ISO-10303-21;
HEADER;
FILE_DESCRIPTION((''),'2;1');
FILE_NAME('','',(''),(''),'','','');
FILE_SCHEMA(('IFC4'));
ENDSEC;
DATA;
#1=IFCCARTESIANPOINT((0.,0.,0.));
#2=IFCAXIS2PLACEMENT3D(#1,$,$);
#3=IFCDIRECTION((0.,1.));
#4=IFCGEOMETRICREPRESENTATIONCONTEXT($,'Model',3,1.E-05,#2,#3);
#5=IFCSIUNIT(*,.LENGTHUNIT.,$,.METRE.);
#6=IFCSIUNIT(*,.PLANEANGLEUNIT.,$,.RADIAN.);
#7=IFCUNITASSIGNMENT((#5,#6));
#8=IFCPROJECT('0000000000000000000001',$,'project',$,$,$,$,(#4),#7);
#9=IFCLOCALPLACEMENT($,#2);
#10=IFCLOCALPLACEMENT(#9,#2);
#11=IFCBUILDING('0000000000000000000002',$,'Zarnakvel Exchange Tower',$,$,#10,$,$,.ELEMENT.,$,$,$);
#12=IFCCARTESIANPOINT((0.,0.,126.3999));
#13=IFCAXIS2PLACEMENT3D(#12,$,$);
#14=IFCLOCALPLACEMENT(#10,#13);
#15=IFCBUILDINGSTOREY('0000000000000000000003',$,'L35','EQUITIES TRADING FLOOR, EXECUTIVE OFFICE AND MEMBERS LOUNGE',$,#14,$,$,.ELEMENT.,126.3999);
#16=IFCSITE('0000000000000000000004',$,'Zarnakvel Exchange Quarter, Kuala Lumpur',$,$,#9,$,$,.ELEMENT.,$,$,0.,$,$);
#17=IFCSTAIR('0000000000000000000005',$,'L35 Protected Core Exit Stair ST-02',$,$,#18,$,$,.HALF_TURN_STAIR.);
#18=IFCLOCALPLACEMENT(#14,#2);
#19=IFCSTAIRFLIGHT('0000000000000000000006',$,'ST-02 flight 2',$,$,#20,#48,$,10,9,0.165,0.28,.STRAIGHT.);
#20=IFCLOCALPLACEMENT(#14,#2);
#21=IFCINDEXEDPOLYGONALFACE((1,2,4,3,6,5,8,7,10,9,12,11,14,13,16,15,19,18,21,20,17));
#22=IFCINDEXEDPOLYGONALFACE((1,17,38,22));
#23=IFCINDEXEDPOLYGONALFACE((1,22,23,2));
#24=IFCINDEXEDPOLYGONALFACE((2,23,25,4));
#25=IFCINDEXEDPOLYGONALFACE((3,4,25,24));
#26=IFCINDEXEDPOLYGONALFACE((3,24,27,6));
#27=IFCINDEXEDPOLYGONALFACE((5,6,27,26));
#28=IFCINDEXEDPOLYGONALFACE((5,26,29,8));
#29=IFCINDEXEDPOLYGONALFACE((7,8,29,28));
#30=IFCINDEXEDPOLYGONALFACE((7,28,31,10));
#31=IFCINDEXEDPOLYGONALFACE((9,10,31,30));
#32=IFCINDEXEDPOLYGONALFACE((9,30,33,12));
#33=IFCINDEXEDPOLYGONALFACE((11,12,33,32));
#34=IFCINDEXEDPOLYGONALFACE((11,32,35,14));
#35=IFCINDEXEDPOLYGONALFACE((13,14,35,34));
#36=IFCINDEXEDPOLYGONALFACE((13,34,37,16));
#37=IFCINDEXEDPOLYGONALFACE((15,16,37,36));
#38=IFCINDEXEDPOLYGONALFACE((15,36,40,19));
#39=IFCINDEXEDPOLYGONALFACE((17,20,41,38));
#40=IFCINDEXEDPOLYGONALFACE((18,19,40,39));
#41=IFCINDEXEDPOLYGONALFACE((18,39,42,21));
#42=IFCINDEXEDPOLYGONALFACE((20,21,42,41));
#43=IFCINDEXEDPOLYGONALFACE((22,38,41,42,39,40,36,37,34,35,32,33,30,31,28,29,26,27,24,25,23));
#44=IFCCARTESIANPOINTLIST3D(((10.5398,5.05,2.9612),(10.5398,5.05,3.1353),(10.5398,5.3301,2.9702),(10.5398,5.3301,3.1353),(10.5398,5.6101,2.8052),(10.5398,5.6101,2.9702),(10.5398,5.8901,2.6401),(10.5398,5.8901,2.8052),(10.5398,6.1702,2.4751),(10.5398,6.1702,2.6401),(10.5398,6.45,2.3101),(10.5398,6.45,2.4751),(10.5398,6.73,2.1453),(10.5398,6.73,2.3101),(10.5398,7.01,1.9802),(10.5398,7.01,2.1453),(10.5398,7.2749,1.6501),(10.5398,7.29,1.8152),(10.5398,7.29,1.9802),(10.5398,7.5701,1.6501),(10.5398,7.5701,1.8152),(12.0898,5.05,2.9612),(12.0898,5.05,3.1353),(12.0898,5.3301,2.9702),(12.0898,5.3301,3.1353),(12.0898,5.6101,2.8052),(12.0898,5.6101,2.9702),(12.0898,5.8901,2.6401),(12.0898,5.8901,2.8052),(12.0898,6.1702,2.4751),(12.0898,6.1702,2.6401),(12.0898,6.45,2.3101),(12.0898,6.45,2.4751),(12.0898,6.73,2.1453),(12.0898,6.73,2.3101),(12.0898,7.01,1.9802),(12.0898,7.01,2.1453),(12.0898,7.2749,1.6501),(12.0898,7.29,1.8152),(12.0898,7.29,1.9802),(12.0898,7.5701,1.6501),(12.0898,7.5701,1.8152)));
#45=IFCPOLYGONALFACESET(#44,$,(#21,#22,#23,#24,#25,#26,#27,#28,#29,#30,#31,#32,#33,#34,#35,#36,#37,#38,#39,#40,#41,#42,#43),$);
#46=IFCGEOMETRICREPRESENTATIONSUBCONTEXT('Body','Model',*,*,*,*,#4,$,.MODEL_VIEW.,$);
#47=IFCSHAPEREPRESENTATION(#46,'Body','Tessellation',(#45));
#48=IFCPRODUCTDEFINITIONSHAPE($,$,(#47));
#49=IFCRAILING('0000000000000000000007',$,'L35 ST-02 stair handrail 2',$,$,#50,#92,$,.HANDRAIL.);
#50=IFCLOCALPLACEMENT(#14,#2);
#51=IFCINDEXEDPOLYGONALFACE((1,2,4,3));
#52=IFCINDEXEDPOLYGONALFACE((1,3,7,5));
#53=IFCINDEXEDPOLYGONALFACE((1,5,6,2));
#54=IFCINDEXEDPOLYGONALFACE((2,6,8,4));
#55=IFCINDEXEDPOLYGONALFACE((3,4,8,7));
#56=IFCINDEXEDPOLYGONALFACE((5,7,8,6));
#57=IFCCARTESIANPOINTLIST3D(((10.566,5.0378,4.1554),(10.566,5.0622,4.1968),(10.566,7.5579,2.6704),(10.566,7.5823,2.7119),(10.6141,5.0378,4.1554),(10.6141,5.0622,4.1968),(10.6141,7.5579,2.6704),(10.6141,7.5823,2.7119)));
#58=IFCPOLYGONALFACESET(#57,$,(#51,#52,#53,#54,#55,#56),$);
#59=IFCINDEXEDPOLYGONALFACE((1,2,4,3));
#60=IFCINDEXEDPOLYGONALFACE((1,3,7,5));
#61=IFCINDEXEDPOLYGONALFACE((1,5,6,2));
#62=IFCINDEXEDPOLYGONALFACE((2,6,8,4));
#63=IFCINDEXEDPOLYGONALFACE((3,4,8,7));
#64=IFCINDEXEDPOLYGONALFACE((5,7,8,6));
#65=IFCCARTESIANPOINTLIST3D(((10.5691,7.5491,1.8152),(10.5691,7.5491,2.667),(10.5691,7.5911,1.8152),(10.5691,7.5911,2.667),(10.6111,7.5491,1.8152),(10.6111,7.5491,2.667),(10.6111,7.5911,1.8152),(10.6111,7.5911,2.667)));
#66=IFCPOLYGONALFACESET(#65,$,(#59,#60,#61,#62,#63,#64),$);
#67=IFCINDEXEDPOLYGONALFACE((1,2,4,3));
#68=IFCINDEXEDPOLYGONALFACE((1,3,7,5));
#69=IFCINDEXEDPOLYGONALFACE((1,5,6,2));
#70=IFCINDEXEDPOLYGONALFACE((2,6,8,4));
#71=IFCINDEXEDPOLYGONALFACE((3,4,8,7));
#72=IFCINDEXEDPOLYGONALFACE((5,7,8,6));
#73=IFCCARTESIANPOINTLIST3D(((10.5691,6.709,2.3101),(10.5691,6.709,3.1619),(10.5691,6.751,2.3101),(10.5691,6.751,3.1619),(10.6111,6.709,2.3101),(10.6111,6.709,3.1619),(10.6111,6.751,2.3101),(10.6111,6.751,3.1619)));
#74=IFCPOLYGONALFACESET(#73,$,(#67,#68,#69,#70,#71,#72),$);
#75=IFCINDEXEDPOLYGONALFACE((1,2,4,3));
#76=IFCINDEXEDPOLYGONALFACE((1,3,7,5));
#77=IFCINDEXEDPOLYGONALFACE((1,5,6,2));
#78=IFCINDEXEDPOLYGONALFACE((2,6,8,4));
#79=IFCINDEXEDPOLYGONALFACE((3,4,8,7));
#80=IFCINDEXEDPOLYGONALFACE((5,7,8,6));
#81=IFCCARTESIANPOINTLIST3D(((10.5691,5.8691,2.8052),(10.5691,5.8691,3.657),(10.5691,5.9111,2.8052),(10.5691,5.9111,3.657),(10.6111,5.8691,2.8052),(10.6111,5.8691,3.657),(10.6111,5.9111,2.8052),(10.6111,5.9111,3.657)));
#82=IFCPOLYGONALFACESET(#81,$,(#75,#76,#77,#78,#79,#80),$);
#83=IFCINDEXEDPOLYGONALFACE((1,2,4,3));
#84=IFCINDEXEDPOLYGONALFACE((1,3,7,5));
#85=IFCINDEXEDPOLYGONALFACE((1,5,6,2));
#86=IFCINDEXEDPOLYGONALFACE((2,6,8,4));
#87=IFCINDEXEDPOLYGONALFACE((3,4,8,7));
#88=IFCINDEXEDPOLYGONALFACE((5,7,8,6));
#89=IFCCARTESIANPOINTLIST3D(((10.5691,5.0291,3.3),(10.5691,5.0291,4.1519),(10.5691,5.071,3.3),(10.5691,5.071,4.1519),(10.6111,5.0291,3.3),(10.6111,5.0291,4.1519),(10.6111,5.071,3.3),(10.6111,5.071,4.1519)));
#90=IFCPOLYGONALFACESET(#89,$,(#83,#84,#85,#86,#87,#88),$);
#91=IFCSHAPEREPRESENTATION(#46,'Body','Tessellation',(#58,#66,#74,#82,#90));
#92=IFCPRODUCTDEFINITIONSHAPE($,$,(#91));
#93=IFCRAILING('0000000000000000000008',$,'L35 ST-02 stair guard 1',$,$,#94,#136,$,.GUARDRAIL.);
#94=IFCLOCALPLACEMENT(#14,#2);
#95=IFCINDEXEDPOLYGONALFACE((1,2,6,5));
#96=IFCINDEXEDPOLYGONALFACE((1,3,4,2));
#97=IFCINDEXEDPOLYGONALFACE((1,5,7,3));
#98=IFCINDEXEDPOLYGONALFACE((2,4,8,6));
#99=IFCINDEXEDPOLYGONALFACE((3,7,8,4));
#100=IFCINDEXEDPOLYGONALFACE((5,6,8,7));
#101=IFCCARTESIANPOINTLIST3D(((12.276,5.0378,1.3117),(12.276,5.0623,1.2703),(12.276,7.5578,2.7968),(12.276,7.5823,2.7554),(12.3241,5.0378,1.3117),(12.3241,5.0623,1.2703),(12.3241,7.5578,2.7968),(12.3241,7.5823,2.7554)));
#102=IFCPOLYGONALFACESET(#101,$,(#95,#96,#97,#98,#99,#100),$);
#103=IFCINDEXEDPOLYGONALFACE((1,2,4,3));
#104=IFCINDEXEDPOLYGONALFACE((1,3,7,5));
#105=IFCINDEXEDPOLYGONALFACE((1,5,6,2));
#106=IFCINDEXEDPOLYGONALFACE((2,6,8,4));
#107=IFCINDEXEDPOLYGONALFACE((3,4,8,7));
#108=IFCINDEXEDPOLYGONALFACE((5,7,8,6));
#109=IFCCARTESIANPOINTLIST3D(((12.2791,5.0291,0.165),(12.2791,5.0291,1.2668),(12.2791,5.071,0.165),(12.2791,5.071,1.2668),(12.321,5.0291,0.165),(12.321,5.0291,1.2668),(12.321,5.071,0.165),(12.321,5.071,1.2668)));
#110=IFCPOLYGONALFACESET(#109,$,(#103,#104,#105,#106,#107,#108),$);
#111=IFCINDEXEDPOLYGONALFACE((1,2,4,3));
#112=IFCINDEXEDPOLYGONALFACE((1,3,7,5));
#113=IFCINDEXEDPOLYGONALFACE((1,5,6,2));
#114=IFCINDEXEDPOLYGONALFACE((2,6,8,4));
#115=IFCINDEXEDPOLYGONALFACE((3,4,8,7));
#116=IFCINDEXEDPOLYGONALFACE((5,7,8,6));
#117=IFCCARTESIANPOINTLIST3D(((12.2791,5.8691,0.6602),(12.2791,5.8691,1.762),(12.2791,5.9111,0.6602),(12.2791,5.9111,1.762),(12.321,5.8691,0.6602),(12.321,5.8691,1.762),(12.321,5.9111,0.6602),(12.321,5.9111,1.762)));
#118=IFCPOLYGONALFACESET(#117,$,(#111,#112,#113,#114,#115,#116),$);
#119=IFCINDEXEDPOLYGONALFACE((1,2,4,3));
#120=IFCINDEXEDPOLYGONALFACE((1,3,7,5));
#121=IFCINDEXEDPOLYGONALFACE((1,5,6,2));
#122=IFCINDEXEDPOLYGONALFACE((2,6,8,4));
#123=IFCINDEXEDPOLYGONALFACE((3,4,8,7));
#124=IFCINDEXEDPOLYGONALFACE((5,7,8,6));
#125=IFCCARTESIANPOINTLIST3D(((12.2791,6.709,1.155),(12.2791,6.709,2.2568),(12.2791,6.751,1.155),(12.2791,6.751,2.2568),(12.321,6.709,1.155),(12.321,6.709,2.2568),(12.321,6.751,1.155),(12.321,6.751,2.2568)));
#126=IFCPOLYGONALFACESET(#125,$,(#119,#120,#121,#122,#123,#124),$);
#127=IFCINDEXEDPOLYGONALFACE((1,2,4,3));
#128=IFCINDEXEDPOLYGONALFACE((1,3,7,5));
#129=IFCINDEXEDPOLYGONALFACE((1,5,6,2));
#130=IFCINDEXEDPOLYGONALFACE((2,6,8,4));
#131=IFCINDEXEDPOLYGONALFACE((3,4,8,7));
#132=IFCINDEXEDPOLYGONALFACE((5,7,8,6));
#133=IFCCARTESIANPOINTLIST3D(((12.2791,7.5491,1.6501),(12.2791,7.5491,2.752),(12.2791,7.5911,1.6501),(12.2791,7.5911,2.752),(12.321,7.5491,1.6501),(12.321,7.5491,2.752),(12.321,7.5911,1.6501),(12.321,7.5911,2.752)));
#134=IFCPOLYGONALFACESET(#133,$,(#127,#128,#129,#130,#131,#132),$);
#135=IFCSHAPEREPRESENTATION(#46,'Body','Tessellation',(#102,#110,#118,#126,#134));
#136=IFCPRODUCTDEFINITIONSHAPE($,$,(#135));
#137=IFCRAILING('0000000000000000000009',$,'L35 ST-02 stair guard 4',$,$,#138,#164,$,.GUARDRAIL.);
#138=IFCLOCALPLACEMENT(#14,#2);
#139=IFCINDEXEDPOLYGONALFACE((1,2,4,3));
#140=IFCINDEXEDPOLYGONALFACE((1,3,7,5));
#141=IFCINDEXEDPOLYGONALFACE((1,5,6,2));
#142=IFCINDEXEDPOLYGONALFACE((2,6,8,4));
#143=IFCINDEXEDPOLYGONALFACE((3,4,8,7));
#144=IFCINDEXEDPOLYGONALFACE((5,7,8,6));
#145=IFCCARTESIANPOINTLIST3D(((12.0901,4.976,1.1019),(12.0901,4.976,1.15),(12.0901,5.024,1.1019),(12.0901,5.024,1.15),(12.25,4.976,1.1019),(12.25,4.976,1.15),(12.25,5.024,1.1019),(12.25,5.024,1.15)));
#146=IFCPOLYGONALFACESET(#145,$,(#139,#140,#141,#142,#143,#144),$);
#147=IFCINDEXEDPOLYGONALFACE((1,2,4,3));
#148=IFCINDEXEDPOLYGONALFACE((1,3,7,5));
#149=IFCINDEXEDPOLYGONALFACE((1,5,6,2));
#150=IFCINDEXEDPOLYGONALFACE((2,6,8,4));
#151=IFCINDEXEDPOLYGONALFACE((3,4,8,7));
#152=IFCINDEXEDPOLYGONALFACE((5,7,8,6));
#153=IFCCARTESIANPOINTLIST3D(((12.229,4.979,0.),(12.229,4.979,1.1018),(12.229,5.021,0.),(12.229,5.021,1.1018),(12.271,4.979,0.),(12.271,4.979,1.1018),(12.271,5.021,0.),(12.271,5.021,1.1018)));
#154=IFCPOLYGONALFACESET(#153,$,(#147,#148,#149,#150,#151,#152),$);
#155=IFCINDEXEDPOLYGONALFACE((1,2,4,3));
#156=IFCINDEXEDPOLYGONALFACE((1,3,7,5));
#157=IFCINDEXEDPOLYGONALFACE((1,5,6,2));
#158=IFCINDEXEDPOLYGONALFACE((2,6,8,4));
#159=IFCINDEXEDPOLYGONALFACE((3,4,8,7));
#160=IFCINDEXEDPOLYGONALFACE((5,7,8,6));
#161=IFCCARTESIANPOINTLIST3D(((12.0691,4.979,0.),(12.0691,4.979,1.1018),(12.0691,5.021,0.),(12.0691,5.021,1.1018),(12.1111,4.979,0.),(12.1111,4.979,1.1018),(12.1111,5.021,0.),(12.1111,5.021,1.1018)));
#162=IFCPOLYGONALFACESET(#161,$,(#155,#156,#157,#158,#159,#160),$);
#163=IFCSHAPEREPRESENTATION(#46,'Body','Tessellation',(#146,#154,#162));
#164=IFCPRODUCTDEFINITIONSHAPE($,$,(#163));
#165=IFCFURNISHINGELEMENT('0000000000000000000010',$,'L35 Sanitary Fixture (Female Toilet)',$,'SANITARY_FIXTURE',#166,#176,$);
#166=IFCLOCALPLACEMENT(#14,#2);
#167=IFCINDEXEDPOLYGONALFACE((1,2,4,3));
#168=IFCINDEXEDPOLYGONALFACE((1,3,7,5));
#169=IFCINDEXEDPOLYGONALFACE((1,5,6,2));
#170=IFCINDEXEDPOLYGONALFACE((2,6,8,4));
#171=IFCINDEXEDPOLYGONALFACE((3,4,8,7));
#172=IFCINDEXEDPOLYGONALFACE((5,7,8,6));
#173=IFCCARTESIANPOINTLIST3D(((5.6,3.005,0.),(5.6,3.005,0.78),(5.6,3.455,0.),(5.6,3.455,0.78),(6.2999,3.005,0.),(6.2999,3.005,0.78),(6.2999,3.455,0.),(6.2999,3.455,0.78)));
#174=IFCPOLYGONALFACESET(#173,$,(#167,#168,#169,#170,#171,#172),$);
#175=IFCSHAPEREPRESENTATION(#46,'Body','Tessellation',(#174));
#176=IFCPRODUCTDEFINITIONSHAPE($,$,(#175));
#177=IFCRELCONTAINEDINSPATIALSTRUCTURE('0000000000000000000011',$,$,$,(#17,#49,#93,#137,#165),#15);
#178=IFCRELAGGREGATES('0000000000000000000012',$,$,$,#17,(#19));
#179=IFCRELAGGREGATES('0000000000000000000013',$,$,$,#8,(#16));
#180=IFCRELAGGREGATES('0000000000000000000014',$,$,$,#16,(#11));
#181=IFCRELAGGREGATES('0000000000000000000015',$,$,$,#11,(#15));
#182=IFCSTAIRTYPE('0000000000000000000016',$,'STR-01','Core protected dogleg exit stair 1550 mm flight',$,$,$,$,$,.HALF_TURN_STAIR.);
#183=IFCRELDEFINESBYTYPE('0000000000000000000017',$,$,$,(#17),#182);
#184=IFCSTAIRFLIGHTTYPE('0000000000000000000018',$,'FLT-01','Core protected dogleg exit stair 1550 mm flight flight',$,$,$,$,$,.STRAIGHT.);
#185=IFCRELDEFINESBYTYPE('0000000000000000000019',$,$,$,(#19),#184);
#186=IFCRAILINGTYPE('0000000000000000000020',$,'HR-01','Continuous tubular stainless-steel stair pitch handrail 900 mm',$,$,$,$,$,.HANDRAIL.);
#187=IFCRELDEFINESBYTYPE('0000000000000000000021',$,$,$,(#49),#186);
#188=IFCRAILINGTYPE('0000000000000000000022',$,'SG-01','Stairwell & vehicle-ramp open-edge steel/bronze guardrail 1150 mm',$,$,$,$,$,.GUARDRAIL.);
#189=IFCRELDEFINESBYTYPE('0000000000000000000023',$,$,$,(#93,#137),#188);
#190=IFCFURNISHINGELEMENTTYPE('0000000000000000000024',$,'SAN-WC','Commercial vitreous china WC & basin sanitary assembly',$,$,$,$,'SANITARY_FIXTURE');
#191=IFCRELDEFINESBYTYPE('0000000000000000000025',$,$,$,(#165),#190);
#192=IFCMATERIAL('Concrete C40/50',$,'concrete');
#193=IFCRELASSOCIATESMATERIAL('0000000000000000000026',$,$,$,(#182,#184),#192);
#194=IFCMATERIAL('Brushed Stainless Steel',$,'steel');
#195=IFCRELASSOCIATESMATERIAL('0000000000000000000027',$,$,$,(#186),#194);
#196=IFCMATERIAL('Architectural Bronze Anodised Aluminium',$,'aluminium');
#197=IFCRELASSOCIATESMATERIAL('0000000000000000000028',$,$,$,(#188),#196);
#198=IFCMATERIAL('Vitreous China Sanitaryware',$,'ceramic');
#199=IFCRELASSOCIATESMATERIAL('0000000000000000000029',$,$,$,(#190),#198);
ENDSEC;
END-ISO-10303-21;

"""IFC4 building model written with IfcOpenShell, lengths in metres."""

from ifc_helpers import new_model, si_unit, direction, frame, origin, origin_2d, place, context, subcontext, project, spatial, polyline, rectangle, outline, extrude, source, transform, mapped, material, type_object, element, aggregate, save


model = new_model("IFC4")

# Units and contexts
model_context = context("Model", 3, precision=1e-05, world=origin(), true_north=direction((0.0, 1.0)))
body_context = subcontext(model_context, "Body", "Model", "MODEL_VIEW")
ifc_project = project(units=[si_unit("LENGTHUNIT", "METRE"), si_unit("PLANEANGLEUNIT", "RADIAN")], contexts=[model_context])

# Site, building, storey
site_placement = place(None, origin())
site = spatial("IfcSite", under=ifc_project, at=site_placement, Name="Zarnakvel Exchange Quarter, Kuala Lumpur", CompositionType="ELEMENT", RefElevation=0.0)
building_placement = place(site_placement, origin())
building = spatial("IfcBuilding", under=site, at=building_placement, Name="Zarnakvel Exchange Tower", CompositionType="ELEMENT")
storey_placement = place(building_placement, frame((0.0, 0.0, 126.3999)))
storey = spatial("IfcBuildingStorey", under=building, at=storey_placement, Name="L35", Description="EQUITIES TRADING FLOOR, EXECUTIVE OFFICE AND MEMBERS LOUNGE", CompositionType="ELEMENT", Elevation=126.3999)

# Shared definitions
ifc_material_1 = material(Name="Concrete C40/50", Category="concrete")
ifc_material_2 = material(Name="Brushed Stainless Steel", Category="steel")

# Shared definitions
ifc_material_3 = material(Name="Architectural Bronze Anodised Aluminium", Category="aluminium")

# Stair, stair flight
stair_type = type_object("IfcStairType", Name="STR-01", Description="Core protected dogleg exit stair 1550 mm flight", PredefinedType="HALF_TURN_STAIR", material=ifc_material_1)
stair_placement = place(storey_placement, origin())
stair = element("IfcStair", 1, at=stair_placement, inside=storey, type_object=stair_type, Name="L35 Protected Core Exit Stair ST-02", PredefinedType="HALF_TURN_STAIR")
stair_flight_type = type_object("IfcStairFlightType", Name="FLT-01", Description="Core protected dogleg exit stair 1550 mm flight flight", PredefinedType="STRAIGHT", material=ifc_material_1)
stair_flight_placement = place(storey_placement, frame((11.3149, 7.5701, 1.6501), z_axis=(0.0, 0.0, 1.0), x_axis=(0.0, -1.0, 0.0)))
stair_flight = element("IfcStairFlight", 2, at=stair_flight_placement, type_object=stair_flight_type, Name="ST-02 flight 2", NumberOfRisers=10, NumberOfTreads=9, PredefinedType="STRAIGHT", RiserHeight=0.165, TreadLength=0.28, context=body_context, shape_type="SweptSolid", body=[
    extrude(outline(polyline([(0.0, 0.0), (0.0, 0.165), (0.28, 0.165), (0.28, 0.3301), (0.5601, 0.3301), (0.5601, 0.4951), (0.8401, 0.4951), (0.8401, 0.6599), (1.1201, 0.6599), (1.1201, 0.825), (1.3999, 0.825), (1.3999, 0.99), (1.6799, 0.99), (1.6799, 1.155), (1.96, 1.155), (1.96, 1.3201), (2.24, 1.3201), (2.24, 1.4851), (2.52, 1.4851), (2.52, 1.6499), (2.52, 1.311), (0.2952, 0.0), (0.0, 0.0)])), frame((0.0, 0.7749, 0.0), z_axis=(0.0, -1.0, 0.0), x_axis=(1.0, 0.0, 0.0)), (0.0, 0.0, 1.0), 1.55),
])
aggregate(stair, [stair_flight])

# Railings
railing_type_1 = type_object("IfcRailingType", Name="HR-01", Description="Continuous tubular stainless-steel stair pitch handrail 900 mm", PredefinedType="HANDRAIL", material=ifc_material_2)
railing_1_placement = place(storey_placement, frame((10.5901, 7.5701, 1.8152)))
element("IfcRailing", 3, at=railing_1_placement, inside=storey, type_object=railing_type_1, Name="L35 ST-02 stair handrail 2", PredefinedType="HANDRAIL", context=body_context, shape_type="SweptSolid", body=[
    extrude(rectangle(XDim=0.0481, YDim=0.0481, at=origin_2d()), frame((0.0, 0.0, 0.876), z_axis=(0.0, -0.861561, 0.507655), x_axis=(1.0, 0.0, 0.0)), (0.0, 0.0, 1.0), 2.925),
    extrude(rectangle(XDim=0.042, YDim=0.042, at=origin_2d()), origin(), (0.0, 0.0, 1.0), 0.8518),
    extrude(rectangle(XDim=0.042, YDim=0.042, at=origin_2d()), frame((0.0, -0.8401, 0.4949)), (0.0, 0.0, 1.0), 0.8518),
    extrude(rectangle(XDim=0.042, YDim=0.042, at=origin_2d()), frame((0.0, -1.6799, 0.99)), (0.0, 0.0, 1.0), 0.8518),
    extrude(rectangle(XDim=0.042, YDim=0.042, at=origin_2d()), frame((0.0, -2.52, 1.4849)), (0.0, 0.0, 1.0), 0.8518),
])
railing_type_2 = type_object("IfcRailingType", Name="SG-01", Description="Stairwell & vehicle-ramp open-edge steel/bronze guardrail 1150 mm", PredefinedType="GUARDRAIL", material=ifc_material_3)
railing_2_placement = place(storey_placement, frame((12.3, 5.05, 0.165)))
element("IfcRailing", 4, at=railing_2_placement, inside=storey, type_object=railing_type_2, Name="L35 ST-02 stair guard 1", PredefinedType="GUARDRAIL", context=body_context, shape_type="SweptSolid", body=[
    extrude(rectangle(XDim=0.0481, YDim=0.0481, at=origin_2d()), frame((0.0, 0.0, 1.126), z_axis=(0.0, 0.861524, 0.507717), x_axis=(-1.0, 0.0, 0.0)), (0.0, 0.0, 1.0), 2.925),
    extrude(rectangle(XDim=0.042, YDim=0.042, at=origin_2d()), origin(), (0.0, 0.0, 1.0), 1.1018),
    extrude(rectangle(XDim=0.042, YDim=0.042, at=origin_2d()), frame((0.0, 0.8401, 0.4951)), (0.0, 0.0, 1.0), 1.1018),
    extrude(rectangle(XDim=0.042, YDim=0.042, at=origin_2d()), frame((0.0, 1.6799, 0.99)), (0.0, 0.0, 1.0), 1.1018),
    extrude(rectangle(XDim=0.042, YDim=0.042, at=origin_2d()), frame((0.0, 2.52, 1.4851)), (0.0, 0.0, 1.0), 1.1018),
])
railing_3_placement = place(storey_placement, frame((12.25, 5.0, 0.0)))
element("IfcRailing", 5, at=railing_3_placement, inside=storey, type_object=railing_type_2, Name="L35 ST-02 stair guard 4", PredefinedType="GUARDRAIL", context=body_context, shape_type="SweptSolid", body=[
    extrude(rectangle(XDim=0.0481, YDim=0.0481, at=origin_2d()), frame((0.0, 0.0, 1.126), z_axis=(-1.0, 0.0, 0.0), x_axis=(0.0, -1.0, 0.0)), (0.0, 0.0, 1.0), 0.1599),
    extrude(rectangle(XDim=0.042, YDim=0.042, at=origin_2d()), origin(), (0.0, 0.0, 1.0), 1.1018),
    extrude(rectangle(XDim=0.042, YDim=0.042, at=origin_2d()), frame((-0.1599, 0.0, 0.0)), (0.0, 0.0, 1.0), 1.1018),
])

# Furnishing element
ifc_material_4 = material(Name="Vitreous China Sanitaryware", Category="ceramic")
furnishing_element_type = type_object("IfcFurnishingElementType", Name="SAN-WC", Description="Commercial vitreous china WC & basin sanitary assembly", ElementType="SANITARY_FIXTURE", material=ifc_material_4)
shared_shape_1 = source(origin(), body_context, "Body", "SweptSolid", [
    extrude(rectangle(XDim=0.7, YDim=0.45, at=origin_2d()), origin(), (0.0, 0.0, 1.0), 0.78),
])
furnishing_placement = place(storey_placement, frame((5.95, 3.23, 0.0), z_axis=(0.0, 0.0, 1.0), x_axis=(1.0, 0.0, 0.0)))
element("IfcFurnishingElement", 6, at=furnishing_placement, inside=storey, type_object=furnishing_element_type, Name="L35 Sanitary Fixture (Female Toilet)", ObjectType="SANITARY_FIXTURE", context=body_context, shape_type="MappedRepresentation", body=[
    mapped(shared_shape_1, transform((0.0, 0.0, 0.0), x_axis=(1.0, 0.0, 0.0), y_axis=(0.0, 1.0, 0.0), z_axis=(0.0, 0.0, 1.0), scale=1.0)),
])

save(model, "model.ifc")
